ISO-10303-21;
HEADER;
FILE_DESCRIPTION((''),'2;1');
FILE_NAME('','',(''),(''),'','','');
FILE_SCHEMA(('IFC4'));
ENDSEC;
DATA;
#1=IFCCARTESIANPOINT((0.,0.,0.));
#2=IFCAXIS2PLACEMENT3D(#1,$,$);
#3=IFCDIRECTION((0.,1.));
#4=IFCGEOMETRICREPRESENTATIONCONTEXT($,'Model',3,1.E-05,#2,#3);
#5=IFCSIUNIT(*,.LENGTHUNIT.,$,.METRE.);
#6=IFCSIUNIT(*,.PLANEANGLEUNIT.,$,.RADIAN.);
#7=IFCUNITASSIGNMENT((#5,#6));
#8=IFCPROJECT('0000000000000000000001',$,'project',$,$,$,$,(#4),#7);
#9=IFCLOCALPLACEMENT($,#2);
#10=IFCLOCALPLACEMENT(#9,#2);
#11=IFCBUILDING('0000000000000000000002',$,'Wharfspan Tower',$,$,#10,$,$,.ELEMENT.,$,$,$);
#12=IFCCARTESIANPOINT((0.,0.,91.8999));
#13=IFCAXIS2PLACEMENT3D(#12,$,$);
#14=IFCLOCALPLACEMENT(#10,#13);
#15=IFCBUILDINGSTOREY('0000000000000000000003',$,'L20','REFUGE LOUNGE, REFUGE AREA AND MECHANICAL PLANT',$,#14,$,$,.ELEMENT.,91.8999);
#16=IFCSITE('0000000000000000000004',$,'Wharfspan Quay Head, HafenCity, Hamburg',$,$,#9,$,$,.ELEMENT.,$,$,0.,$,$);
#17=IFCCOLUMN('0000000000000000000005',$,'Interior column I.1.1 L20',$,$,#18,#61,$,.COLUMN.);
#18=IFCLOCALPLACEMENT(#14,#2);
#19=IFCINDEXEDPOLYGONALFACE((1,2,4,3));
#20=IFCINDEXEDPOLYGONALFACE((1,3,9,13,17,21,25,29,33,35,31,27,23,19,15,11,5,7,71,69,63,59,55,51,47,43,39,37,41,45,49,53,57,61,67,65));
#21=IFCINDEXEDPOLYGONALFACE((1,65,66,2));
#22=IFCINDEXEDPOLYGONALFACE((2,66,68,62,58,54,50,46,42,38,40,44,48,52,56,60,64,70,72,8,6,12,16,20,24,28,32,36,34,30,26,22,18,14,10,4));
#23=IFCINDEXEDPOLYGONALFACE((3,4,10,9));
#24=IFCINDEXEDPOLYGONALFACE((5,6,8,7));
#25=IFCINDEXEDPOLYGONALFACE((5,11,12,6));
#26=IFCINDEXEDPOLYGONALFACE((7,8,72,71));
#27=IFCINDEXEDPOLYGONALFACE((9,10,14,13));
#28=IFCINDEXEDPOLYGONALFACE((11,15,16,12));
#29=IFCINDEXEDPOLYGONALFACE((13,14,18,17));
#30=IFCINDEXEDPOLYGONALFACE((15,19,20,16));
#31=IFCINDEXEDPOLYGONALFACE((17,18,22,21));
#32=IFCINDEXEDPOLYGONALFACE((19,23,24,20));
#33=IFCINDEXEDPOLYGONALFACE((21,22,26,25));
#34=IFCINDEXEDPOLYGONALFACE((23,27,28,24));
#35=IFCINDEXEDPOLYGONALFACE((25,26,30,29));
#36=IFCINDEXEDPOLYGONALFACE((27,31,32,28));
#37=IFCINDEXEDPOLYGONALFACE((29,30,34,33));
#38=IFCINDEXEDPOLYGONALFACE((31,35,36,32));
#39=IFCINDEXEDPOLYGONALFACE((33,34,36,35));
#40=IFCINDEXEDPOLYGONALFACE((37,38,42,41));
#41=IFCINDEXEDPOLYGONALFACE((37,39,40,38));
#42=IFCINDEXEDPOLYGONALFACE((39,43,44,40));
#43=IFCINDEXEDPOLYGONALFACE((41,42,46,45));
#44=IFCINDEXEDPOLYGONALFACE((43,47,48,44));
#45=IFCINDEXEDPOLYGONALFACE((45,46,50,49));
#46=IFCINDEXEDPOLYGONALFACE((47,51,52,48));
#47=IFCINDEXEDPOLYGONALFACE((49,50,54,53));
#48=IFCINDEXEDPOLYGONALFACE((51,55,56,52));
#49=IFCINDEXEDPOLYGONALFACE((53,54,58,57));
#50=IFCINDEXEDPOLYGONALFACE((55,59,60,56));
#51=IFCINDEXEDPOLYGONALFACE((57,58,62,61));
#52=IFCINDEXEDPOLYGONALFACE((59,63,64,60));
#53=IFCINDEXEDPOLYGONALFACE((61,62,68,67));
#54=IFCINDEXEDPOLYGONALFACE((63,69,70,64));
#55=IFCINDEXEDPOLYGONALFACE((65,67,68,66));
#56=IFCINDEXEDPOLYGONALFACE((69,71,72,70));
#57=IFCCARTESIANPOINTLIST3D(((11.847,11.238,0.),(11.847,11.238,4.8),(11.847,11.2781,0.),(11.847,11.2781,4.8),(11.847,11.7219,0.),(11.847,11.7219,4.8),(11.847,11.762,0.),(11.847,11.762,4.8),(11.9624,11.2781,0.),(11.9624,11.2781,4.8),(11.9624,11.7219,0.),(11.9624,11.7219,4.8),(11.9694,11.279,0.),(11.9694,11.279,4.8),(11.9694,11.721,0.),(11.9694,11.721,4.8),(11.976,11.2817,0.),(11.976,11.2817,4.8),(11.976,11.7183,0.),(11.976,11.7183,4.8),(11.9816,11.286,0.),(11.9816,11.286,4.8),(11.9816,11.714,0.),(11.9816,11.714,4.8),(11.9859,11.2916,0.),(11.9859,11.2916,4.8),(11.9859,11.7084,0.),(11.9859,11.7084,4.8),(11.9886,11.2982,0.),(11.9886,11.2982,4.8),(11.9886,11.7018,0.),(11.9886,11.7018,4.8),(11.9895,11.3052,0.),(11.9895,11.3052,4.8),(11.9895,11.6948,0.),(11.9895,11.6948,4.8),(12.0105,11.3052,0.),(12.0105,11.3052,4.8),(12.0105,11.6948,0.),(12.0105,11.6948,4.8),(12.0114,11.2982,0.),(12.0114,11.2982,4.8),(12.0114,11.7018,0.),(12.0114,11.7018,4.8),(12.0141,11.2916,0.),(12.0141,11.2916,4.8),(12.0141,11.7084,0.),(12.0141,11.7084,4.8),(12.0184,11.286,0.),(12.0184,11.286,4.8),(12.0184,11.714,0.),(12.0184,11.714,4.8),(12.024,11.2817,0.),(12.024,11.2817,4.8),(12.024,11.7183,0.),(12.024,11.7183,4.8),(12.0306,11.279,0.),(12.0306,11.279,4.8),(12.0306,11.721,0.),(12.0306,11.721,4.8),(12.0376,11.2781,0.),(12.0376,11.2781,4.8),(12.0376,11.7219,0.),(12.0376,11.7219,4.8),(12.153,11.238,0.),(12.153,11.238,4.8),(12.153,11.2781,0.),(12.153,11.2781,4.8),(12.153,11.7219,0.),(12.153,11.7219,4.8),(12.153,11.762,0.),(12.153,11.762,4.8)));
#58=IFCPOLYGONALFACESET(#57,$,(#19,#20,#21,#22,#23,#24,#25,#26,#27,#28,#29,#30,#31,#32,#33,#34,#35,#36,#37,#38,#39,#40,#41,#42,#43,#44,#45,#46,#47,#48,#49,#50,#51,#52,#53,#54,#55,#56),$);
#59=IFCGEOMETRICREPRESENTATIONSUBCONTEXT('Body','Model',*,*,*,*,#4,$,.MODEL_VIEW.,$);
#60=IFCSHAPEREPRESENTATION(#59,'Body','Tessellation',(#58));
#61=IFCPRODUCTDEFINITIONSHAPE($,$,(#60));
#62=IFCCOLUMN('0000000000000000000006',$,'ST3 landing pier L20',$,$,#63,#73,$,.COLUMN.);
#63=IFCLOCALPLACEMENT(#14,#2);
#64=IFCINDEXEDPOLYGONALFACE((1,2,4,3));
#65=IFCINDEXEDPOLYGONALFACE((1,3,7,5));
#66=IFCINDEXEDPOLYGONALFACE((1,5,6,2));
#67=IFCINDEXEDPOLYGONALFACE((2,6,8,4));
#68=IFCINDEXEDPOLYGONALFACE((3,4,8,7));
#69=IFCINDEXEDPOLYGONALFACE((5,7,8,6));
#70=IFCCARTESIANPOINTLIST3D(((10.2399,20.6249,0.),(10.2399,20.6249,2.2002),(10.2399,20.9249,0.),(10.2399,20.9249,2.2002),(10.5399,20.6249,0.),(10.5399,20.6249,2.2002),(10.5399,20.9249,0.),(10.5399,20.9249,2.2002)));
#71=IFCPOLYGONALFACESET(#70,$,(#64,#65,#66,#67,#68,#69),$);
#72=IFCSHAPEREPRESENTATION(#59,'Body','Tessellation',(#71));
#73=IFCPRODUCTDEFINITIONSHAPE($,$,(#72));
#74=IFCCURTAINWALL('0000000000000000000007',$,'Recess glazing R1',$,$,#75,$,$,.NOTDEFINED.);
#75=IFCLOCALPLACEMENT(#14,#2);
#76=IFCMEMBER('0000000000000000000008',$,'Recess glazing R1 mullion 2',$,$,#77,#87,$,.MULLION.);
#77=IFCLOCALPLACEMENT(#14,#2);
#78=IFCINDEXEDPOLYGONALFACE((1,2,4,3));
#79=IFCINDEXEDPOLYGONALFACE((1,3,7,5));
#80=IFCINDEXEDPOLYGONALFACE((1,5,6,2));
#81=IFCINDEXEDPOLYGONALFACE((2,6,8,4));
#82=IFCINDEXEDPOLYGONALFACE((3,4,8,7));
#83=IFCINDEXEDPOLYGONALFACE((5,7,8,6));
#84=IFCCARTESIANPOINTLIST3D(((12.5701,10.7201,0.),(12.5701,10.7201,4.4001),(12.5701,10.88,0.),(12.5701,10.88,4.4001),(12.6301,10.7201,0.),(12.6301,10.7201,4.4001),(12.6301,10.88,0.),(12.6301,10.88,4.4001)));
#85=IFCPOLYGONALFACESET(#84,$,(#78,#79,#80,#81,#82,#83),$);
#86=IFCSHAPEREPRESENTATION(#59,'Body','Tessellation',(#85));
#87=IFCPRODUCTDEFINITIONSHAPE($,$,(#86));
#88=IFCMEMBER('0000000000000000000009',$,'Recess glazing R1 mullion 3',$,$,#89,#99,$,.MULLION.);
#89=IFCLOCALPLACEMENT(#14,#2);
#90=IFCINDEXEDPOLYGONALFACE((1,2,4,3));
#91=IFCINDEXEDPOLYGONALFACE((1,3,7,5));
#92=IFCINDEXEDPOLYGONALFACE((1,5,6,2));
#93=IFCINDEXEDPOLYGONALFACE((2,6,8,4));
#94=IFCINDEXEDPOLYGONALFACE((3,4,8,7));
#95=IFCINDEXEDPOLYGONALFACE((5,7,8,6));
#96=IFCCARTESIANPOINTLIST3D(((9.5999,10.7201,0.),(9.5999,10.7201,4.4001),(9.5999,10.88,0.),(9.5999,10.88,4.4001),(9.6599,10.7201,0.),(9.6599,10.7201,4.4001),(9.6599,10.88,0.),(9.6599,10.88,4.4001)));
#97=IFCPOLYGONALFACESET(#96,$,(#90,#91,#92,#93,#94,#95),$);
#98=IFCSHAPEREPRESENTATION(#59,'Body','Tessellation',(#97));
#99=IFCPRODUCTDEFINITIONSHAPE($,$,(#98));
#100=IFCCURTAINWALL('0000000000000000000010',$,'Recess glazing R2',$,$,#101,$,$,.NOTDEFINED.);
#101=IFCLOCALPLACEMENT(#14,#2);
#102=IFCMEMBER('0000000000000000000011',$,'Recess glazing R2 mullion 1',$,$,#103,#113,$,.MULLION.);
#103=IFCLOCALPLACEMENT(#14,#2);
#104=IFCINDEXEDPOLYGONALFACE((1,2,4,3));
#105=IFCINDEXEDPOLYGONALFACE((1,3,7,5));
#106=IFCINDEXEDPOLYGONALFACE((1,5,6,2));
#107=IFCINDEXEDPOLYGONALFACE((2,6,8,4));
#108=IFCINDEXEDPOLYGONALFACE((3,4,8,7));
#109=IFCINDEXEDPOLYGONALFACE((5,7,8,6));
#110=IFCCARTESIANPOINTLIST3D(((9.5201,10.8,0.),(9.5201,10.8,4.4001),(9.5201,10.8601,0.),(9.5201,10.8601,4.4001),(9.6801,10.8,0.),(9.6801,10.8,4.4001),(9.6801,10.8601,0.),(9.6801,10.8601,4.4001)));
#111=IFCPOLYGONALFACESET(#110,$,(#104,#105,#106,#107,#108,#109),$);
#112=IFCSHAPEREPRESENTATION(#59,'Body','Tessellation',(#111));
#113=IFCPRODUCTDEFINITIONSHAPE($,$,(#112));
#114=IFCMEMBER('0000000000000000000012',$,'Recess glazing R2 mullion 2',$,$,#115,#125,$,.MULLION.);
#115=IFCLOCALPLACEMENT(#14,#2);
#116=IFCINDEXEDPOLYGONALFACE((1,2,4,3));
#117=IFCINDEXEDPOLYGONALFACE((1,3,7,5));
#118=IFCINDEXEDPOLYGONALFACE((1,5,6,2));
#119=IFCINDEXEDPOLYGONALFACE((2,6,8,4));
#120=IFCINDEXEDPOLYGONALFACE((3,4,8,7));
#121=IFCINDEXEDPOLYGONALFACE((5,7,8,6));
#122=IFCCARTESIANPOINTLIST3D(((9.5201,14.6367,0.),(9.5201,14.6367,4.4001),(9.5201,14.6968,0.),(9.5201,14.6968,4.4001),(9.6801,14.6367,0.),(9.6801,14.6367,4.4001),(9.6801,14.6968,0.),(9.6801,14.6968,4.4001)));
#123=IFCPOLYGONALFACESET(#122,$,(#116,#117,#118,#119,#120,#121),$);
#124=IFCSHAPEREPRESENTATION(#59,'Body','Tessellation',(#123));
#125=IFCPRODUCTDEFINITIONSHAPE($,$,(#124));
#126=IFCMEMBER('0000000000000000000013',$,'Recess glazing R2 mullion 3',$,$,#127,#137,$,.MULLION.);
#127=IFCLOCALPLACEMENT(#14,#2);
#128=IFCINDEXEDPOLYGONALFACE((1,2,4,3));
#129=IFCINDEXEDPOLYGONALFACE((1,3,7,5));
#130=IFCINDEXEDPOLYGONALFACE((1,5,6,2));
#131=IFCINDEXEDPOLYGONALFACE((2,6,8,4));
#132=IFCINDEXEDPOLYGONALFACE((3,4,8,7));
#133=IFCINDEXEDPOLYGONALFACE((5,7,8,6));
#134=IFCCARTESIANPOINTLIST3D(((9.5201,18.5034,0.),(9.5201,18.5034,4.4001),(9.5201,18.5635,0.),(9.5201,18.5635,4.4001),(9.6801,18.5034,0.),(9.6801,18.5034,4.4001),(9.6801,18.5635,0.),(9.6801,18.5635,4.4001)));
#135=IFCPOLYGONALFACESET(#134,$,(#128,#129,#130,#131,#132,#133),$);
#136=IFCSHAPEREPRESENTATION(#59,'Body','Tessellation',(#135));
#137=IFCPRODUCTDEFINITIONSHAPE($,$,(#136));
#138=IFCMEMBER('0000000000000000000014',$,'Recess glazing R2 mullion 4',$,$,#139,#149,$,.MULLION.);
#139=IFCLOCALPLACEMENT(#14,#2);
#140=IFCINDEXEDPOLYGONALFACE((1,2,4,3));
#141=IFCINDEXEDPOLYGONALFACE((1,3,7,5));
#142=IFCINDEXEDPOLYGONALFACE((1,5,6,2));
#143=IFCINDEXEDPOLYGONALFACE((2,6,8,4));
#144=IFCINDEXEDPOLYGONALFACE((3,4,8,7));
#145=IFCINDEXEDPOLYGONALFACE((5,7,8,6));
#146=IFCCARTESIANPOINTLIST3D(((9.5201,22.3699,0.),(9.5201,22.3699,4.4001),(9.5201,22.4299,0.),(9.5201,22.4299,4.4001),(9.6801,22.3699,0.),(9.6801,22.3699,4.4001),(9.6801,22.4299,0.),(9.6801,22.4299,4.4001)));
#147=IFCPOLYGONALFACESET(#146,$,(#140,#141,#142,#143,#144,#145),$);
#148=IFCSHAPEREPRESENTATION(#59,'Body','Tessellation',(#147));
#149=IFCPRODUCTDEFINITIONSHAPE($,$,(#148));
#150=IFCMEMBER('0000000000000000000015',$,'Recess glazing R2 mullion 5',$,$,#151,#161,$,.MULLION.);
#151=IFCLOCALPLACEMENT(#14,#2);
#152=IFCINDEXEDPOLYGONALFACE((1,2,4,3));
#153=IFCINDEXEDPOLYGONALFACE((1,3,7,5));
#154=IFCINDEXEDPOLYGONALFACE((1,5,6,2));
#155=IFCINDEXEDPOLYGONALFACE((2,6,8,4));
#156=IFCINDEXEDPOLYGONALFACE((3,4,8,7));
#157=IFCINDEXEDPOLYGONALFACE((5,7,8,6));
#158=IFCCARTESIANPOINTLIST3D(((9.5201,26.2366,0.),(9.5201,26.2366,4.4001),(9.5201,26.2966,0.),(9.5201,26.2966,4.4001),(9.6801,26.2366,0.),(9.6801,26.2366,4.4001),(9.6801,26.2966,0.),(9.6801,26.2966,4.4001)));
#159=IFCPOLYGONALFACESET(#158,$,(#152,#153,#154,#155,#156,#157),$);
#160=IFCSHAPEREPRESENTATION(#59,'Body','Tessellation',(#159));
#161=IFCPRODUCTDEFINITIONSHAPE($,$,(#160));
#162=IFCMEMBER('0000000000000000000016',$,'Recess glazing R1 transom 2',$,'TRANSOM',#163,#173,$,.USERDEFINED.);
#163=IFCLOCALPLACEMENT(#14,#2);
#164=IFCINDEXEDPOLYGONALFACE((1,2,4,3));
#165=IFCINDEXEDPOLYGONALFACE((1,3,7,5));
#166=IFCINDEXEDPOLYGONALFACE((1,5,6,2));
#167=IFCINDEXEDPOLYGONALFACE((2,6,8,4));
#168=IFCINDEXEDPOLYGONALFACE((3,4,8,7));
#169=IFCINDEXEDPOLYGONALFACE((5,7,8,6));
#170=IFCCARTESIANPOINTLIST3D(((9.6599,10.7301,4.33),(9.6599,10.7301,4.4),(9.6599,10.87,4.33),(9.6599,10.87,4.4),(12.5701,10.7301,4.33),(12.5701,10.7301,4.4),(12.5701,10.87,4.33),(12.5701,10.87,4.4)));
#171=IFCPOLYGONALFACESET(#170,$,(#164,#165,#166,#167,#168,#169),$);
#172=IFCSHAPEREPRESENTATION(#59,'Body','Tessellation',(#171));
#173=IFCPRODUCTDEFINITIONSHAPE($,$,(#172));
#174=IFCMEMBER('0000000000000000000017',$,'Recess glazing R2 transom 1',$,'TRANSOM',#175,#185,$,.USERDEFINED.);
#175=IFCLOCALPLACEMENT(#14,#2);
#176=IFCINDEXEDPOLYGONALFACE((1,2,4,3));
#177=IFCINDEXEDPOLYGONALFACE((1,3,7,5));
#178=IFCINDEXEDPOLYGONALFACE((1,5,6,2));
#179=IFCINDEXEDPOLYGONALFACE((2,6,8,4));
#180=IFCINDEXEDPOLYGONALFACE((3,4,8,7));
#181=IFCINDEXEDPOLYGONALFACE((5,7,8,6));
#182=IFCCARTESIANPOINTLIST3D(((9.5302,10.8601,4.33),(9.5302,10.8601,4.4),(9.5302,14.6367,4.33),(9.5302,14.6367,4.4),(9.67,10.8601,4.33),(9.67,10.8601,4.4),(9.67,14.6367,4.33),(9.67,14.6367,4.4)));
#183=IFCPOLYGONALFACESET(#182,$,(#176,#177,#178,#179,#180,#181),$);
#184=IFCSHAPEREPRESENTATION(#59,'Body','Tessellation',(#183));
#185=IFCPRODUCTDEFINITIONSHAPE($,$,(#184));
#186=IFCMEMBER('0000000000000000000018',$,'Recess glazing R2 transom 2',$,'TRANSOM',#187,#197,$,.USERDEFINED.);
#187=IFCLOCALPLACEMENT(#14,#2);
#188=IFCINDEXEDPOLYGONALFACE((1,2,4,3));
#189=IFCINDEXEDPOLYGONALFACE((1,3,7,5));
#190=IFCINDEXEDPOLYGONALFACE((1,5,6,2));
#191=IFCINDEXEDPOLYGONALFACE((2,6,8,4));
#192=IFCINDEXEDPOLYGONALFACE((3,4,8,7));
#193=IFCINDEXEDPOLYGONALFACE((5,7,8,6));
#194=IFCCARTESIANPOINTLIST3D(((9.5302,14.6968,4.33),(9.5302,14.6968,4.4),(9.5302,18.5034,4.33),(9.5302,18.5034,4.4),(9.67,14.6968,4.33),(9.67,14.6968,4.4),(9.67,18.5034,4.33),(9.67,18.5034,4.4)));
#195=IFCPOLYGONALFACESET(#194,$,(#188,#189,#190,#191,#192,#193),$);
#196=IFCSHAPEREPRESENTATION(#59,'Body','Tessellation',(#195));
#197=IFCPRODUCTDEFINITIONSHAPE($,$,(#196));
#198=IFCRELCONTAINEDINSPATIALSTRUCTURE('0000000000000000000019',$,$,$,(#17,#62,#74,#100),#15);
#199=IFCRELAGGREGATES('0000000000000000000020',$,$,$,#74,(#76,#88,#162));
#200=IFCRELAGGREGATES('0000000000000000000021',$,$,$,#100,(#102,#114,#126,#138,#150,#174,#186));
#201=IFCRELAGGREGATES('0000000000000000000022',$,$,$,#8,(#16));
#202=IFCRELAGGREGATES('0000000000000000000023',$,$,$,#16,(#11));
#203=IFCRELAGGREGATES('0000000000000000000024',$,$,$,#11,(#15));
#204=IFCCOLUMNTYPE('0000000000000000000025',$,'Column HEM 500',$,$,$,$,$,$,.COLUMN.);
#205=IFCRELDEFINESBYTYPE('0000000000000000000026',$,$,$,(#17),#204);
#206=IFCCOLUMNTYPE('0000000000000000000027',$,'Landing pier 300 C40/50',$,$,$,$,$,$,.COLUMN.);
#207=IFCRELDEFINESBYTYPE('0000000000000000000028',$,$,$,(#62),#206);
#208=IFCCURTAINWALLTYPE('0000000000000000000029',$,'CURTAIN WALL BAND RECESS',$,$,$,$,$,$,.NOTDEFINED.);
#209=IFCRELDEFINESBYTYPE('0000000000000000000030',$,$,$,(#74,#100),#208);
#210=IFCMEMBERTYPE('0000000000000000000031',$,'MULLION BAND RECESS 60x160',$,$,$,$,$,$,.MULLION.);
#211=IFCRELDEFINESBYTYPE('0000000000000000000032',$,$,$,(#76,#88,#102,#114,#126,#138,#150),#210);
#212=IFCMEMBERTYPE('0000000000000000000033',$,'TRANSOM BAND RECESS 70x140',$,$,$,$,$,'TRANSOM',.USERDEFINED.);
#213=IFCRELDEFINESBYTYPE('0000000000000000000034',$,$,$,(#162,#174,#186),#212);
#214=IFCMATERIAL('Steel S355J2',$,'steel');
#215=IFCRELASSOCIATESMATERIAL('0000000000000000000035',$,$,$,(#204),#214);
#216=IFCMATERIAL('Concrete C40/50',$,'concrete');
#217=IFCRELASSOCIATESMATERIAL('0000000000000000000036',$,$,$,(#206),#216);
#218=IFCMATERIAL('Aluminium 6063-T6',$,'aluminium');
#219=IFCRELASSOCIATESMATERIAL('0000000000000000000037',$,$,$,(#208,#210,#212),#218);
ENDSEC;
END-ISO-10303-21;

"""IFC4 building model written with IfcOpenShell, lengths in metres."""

from ifc_helpers import new_model, si_unit, direction, frame, origin, origin_2d, place, context, subcontext, project, spatial, rectangle, i_section, extrude, material, material_profile, profile_set, type_object, element, aggregate, save


model = new_model("IFC4")

# Units and contexts
model_context = context("Model", 3, precision=1e-05, world=origin(), true_north=direction((0.0, 1.0)))
body_context = subcontext(model_context, "Body", "Model", "MODEL_VIEW")
ifc_project = project(units=[si_unit("LENGTHUNIT", "METRE"), si_unit("PLANEANGLEUNIT", "RADIAN")], contexts=[model_context])

# Site, building, storey
site_placement = place(None, origin())
site = spatial("IfcSite", under=ifc_project, at=site_placement, Name="Wharfspan Quay Head, HafenCity, Hamburg", CompositionType="ELEMENT", RefElevation=0.0)
building_placement = place(site_placement, origin())
building = spatial("IfcBuilding", under=site, at=building_placement, Name="Wharfspan Tower", CompositionType="ELEMENT")
storey_placement = place(building_placement, frame((0.0, 0.0, 91.8999)))
storey = spatial("IfcBuildingStorey", under=building, at=storey_placement, Name="L20", Description="REFUGE LOUNGE, REFUGE AREA AND MECHANICAL PLANT", CompositionType="ELEMENT", Elevation=91.8999)

# Columns
ifc_material_1 = material(Name="Steel S355J2", Category="steel")
ifc_material_profile_1 = material_profile(ifc_material_1, i_section(OverallWidth=0.3059, OverallDepth=0.5239, WebThickness=0.021, FlangeThickness=0.04, FilletRadius=0.0271, at=origin_2d()))
ifc_profile_set_1 = profile_set([ifc_material_profile_1], Name="Steel S355J2")
column_type_1 = type_object("IfcColumnType", Name="Column HEM 500", PredefinedType="COLUMN", material=ifc_profile_set_1)
column_1_placement = place(storey_placement, frame((12.0, 11.5, 0.0), z_axis=(0.0, 0.0, 1.0), x_axis=(1.0, 0.0, 0.0)))
element("IfcColumn", 1, at=column_1_placement, inside=storey, type_object=column_type_1, Name="Interior column I.1.1 L20", PredefinedType="COLUMN", context=body_context, shape_type="SweptSolid", body=[
    extrude(i_section(OverallWidth=0.3059, OverallDepth=0.5239, WebThickness=0.021, FlangeThickness=0.04, FilletRadius=0.0271, at=origin_2d()), origin(), (0.0, 0.0, 1.0), 4.8),
])
ifc_material_2 = material(Name="Concrete C40/50", Category="concrete")
ifc_material_profile_2 = material_profile(ifc_material_2, rectangle(XDim=0.3, YDim=0.3, at=origin_2d()))
ifc_profile_set_2 = profile_set([ifc_material_profile_2], Name="Concrete C40/50")
column_type_2 = type_object("IfcColumnType", Name="Landing pier 300 C40/50", PredefinedType="COLUMN", material=ifc_profile_set_2)
column_2_placement = place(storey_placement, frame((10.3899, 20.7749, 0.0), z_axis=(0.0, 0.0, 1.0), x_axis=(1.0, 0.0, 0.0)))
element("IfcColumn", 2, at=column_2_placement, inside=storey, type_object=column_type_2, Name="ST3 landing pier L20", PredefinedType="COLUMN", context=body_context, shape_type="SweptSolid", body=[
    extrude(rectangle(XDim=0.3, YDim=0.3, at=origin_2d()), origin(), (0.0, 0.0, 1.0), 2.2002),
])

# Curtain walls, members
ifc_material_3 = material(Name="Aluminium 6063-T6", Category="aluminium")
curtain_wall_type = type_object("IfcCurtainWallType", Name="CURTAIN WALL BAND RECESS", PredefinedType="NOTDEFINED", material=ifc_material_3)
curtain_wall_1_placement = place(storey_placement, origin())
curtain_wall_1 = element("IfcCurtainWall", 3, at=curtain_wall_1_placement, inside=storey, type_object=curtain_wall_type, Name="Recess glazing R1", PredefinedType="NOTDEFINED")
ifc_material_profile_3 = material_profile(ifc_material_3, rectangle(XDim=0.1599, YDim=0.0601, at=origin_2d()))
ifc_profile_set_3 = profile_set([ifc_material_profile_3], Name="Aluminium 6063-T6")
member_type_1 = type_object("IfcMemberType", Name="MULLION BAND RECESS 60x160", PredefinedType="MULLION", material=ifc_profile_set_3)
member_1_placement = place(storey_placement, frame((12.6001, 10.8, 0.0), z_axis=(0.0, 0.0, 1.0), x_axis=(0.0, -1.0, 0.0)))
member_1 = element("IfcMember", 4, at=member_1_placement, type_object=member_type_1, Name="Recess glazing R1 mullion 2", PredefinedType="MULLION", context=body_context, shape_type="SweptSolid", body=[
    extrude(rectangle(XDim=0.1599, YDim=0.0601, at=origin_2d()), origin(), (0.0, 0.0, 1.0), 4.4001),
])
member_2_placement = place(storey_placement, frame((9.6299, 10.8, 0.0), z_axis=(0.0, 0.0, 1.0), x_axis=(0.0, -1.0, 0.0)))
member_2 = element("IfcMember", 5, at=member_2_placement, type_object=member_type_1, Name="Recess glazing R1 mullion 3", PredefinedType="MULLION", context=body_context, shape_type="SweptSolid", body=[
    extrude(rectangle(XDim=0.1599, YDim=0.0601, at=origin_2d()), origin(), (0.0, 0.0, 1.0), 4.4001),
])
curtain_wall_2_placement = place(storey_placement, origin())
curtain_wall_2 = element("IfcCurtainWall", 6, at=curtain_wall_2_placement, inside=storey, type_object=curtain_wall_type, Name="Recess glazing R2", PredefinedType="NOTDEFINED")
member_3_placement = place(storey_placement, frame((9.6001, 10.8301, 0.0), z_axis=(0.0, 0.0, 1.0), x_axis=(-1.0, 0.0, 0.0)))
member_3 = element("IfcMember", 7, at=member_3_placement, type_object=member_type_1, Name="Recess glazing R2 mullion 1", PredefinedType="MULLION", context=body_context, shape_type="SweptSolid", body=[
    extrude(rectangle(XDim=0.1599, YDim=0.0601, at=origin_2d()), origin(), (0.0, 0.0, 1.0), 4.4001),
])
member_4_placement = place(storey_placement, frame((9.6001, 14.6667, 0.0), z_axis=(0.0, 0.0, 1.0), x_axis=(-1.0, 0.0, 0.0)))
member_4 = element("IfcMember", 8, at=member_4_placement, type_object=member_type_1, Name="Recess glazing R2 mullion 2", PredefinedType="MULLION", context=body_context, shape_type="SweptSolid", body=[
    extrude(rectangle(XDim=0.1599, YDim=0.0601, at=origin_2d()), origin(), (0.0, 0.0, 1.0), 4.4001),
])
member_5_placement = place(storey_placement, frame((9.6001, 18.5334, 0.0), z_axis=(0.0, 0.0, 1.0), x_axis=(-1.0, 0.0, 0.0)))
member_5 = element("IfcMember", 9, at=member_5_placement, type_object=member_type_1, Name="Recess glazing R2 mullion 3", PredefinedType="MULLION", context=body_context, shape_type="SweptSolid", body=[
    extrude(rectangle(XDim=0.1599, YDim=0.0601, at=origin_2d()), origin(), (0.0, 0.0, 1.0), 4.4001),
])
member_6_placement = place(storey_placement, frame((9.6001, 22.3999, 0.0), z_axis=(0.0, 0.0, 1.0), x_axis=(-1.0, 0.0, 0.0)))
member_6 = element("IfcMember", 10, at=member_6_placement, type_object=member_type_1, Name="Recess glazing R2 mullion 4", PredefinedType="MULLION", context=body_context, shape_type="SweptSolid", body=[
    extrude(rectangle(XDim=0.1599, YDim=0.0601, at=origin_2d()), origin(), (0.0, 0.0, 1.0), 4.4001),
])
member_7_placement = place(storey_placement, frame((9.6001, 26.2666, 0.0), z_axis=(0.0, 0.0, 1.0), x_axis=(-1.0, 0.0, 0.0)))
member_7 = element("IfcMember", 11, at=member_7_placement, type_object=member_type_1, Name="Recess glazing R2 mullion 5", PredefinedType="MULLION", context=body_context, shape_type="SweptSolid", body=[
    extrude(rectangle(XDim=0.1599, YDim=0.0601, at=origin_2d()), origin(), (0.0, 0.0, 1.0), 4.4001),
])

# Members
ifc_material_profile_4 = material_profile(ifc_material_3, rectangle(XDim=0.1399, YDim=0.0701, at=origin_2d()))
ifc_profile_set_4 = profile_set([ifc_material_profile_4], Name="Aluminium 6063-T6")
member_type_2 = type_object("IfcMemberType", Name="TRANSOM BAND RECESS 70x140", ElementType="TRANSOM", PredefinedType="USERDEFINED", material=ifc_profile_set_4)
member_8_placement = place(storey_placement, frame((12.5701, 10.8, 4.365), z_axis=(-1.0, 0.0, 0.0), x_axis=(0.0, -1.0, 0.0)))
member_8 = element("IfcMember", 12, at=member_8_placement, type_object=member_type_2, Name="Recess glazing R1 transom 2", ObjectType="TRANSOM", PredefinedType="USERDEFINED", context=body_context, shape_type="SweptSolid", body=[
    extrude(rectangle(XDim=0.1399, YDim=0.0701, at=origin_2d()), origin(), (0.0, 0.0, 1.0), 2.9102),
])
member_9_placement = place(storey_placement, frame((9.6001, 10.8601, 4.365), z_axis=(0.0, 1.0, 0.0), x_axis=(-1.0, 0.0, 0.0)))
member_9 = element("IfcMember", 13, at=member_9_placement, type_object=member_type_2, Name="Recess glazing R2 transom 1", ObjectType="TRANSOM", PredefinedType="USERDEFINED", context=body_context, shape_type="SweptSolid", body=[
    extrude(rectangle(XDim=0.1399, YDim=0.0701, at=origin_2d()), origin(), (0.0, 0.0, 1.0), 3.7766),
])
member_10_placement = place(storey_placement, frame((9.6001, 14.6968, 4.365), z_axis=(0.0, 1.0, 0.0), x_axis=(-1.0, 0.0, 0.0)))
member_10 = element("IfcMember", 14, at=member_10_placement, type_object=member_type_2, Name="Recess glazing R2 transom 2", ObjectType="TRANSOM", PredefinedType="USERDEFINED", context=body_context, shape_type="SweptSolid", body=[
    extrude(rectangle(XDim=0.1399, YDim=0.0701, at=origin_2d()), origin(), (0.0, 0.0, 1.0), 3.8066),
])

aggregate(curtain_wall_1, [member_1, member_2, member_8])
aggregate(curtain_wall_2, [member_3, member_4, member_5, member_6, member_7, member_9, member_10])

save(model, "model.ifc")
